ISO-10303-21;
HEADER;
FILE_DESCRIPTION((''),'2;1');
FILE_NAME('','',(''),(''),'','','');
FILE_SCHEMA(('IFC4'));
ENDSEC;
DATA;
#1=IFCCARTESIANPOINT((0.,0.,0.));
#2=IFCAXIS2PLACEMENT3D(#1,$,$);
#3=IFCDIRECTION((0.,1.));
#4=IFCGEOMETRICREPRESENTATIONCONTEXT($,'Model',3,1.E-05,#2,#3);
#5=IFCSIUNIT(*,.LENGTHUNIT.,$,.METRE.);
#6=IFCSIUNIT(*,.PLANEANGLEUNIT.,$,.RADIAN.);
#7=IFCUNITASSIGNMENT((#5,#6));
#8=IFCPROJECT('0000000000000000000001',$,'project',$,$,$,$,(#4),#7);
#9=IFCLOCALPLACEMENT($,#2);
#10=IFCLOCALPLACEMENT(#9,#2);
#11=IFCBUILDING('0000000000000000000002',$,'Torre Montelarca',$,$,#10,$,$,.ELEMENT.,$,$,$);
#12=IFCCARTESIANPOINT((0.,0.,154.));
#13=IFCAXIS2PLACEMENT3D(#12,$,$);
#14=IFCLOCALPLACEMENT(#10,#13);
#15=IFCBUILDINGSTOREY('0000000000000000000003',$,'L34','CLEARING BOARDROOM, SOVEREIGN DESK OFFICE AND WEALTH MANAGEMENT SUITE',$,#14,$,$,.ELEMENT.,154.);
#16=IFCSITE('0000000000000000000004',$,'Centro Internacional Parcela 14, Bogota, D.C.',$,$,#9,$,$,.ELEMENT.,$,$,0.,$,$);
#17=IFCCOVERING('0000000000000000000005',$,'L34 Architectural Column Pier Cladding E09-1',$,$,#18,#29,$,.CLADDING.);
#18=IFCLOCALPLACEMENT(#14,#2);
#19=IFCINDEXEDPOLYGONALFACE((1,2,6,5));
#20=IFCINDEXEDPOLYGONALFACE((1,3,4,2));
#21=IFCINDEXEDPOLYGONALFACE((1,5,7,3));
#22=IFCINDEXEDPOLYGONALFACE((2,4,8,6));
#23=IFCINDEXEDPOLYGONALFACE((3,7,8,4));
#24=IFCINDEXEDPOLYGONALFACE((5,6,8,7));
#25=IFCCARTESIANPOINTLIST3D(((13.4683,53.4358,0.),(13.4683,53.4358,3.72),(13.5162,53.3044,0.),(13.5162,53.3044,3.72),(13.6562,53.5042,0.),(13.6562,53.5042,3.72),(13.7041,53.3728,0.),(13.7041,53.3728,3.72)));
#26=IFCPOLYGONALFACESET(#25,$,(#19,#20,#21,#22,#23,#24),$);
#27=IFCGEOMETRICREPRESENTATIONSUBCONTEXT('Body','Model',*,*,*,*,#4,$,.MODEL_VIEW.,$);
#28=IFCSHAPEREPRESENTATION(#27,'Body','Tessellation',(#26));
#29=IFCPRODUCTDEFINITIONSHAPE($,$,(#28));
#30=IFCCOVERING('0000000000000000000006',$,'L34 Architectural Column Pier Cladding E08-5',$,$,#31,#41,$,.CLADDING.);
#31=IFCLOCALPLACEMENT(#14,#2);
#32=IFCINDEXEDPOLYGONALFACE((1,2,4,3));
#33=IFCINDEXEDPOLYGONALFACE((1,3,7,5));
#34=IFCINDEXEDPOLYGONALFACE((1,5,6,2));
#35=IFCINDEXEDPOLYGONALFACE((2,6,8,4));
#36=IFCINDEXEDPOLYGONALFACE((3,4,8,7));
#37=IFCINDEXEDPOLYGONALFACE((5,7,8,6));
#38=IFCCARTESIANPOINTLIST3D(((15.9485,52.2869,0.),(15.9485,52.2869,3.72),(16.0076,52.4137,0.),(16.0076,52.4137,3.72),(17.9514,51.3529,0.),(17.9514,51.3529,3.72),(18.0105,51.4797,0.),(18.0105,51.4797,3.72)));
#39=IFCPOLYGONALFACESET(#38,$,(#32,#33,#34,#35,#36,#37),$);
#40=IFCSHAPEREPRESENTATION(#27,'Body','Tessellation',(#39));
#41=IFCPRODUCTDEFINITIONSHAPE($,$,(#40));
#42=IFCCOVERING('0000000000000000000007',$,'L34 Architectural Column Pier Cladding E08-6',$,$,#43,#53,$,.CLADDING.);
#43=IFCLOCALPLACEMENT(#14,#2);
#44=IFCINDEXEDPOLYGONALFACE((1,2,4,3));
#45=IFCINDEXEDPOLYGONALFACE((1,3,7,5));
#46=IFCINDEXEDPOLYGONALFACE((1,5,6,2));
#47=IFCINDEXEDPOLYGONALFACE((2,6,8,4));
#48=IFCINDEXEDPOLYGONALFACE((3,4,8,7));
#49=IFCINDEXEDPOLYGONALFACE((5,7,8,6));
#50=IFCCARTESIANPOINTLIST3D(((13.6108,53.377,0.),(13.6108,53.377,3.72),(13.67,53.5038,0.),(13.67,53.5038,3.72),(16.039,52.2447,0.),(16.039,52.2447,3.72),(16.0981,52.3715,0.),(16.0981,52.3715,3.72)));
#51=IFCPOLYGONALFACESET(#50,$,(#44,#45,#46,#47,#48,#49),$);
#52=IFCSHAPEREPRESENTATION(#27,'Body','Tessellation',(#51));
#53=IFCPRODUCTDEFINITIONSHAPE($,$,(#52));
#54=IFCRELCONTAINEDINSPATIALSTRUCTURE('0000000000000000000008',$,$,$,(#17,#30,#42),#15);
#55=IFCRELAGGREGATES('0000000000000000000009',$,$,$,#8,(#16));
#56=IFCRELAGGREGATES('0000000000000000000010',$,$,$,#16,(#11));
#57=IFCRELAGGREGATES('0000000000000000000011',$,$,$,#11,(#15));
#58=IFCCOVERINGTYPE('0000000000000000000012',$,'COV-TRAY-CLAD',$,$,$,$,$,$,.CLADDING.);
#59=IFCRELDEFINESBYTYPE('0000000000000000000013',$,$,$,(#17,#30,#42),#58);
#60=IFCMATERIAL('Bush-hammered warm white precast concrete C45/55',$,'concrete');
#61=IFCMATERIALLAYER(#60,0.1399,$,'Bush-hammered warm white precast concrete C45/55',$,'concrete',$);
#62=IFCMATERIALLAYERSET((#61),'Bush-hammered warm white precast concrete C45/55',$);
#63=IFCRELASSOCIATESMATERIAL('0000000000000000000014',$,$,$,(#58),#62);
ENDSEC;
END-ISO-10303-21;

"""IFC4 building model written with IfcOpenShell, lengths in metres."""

from ifc_helpers import new_model, si_unit, direction, frame, origin, origin_2d, place, context, subcontext, project, spatial, rectangle, extrude, source, transform, mapped, material, layer, layer_set, type_object, element, save


model = new_model("IFC4")

# Units and contexts
model_context = context("Model", 3, precision=1e-05, world=origin(), true_north=direction((0.0, 1.0)))
body_context = subcontext(model_context, "Body", "Model", "MODEL_VIEW")
ifc_project = project(units=[si_unit("LENGTHUNIT", "METRE"), si_unit("PLANEANGLEUNIT", "RADIAN")], contexts=[model_context])

# Site, building, storey
site_placement = place(None, origin())
site = spatial("IfcSite", under=ifc_project, at=site_placement, Name="Centro Internacional Parcela 14, Bogota, D.C.", CompositionType="ELEMENT", RefElevation=0.0)
building_placement = place(site_placement, origin())
building = spatial("IfcBuilding", under=site, at=building_placement, Name="Torre Montelarca", CompositionType="ELEMENT")
storey_placement = place(building_placement, frame((0.0, 0.0, 154.0)))
storey = spatial("IfcBuildingStorey", under=building, at=storey_placement, Name="L34", Description="CLEARING BOARDROOM, SOVEREIGN DESK OFFICE AND WEALTH MANAGEMENT SUITE", CompositionType="ELEMENT", Elevation=154.0)

# Coverings
ifc_material_1 = material(Name="Bush-hammered warm white precast concrete C45/55", Category="concrete")
ifc_layer_1 = layer(ifc_material_1, 0.1399, Name="Bush-hammered warm white precast concrete C45/55", Category="concrete")
ifc_layer_set_1 = layer_set([ifc_layer_1], Name="Bush-hammered warm white precast concrete C45/55")
covering_type = type_object("IfcCoveringType", Name="COV-TRAY-CLAD", PredefinedType="CLADDING", material=ifc_layer_set_1)
shared_shape_1 = source(origin(), body_context, "Body", "SweptSolid", [
    extrude(rectangle(XDim=0.2, YDim=0.1399, at=origin_2d()), origin(), (0.0, 0.0, 1.0), 3.72),
])
covering_1_placement = place(storey_placement, frame((13.5862, 53.4043, 0.0), z_axis=(0.0, 0.0, 1.0), x_axis=(-0.939694, -0.342017, 0.0)))
element("IfcCovering", 1, at=covering_1_placement, inside=storey, type_object=covering_type, Name="L34 Architectural Column Pier Cladding E09-1", PredefinedType="CLADDING", context=body_context, shape_type="MappedRepresentation", body=[
    mapped(shared_shape_1, transform((0.0, 0.0, 0.0), scale=1.0)),
])
shared_shape_2 = source(origin(), body_context, "Body", "SweptSolid", [
    extrude(rectangle(XDim=2.21, YDim=0.1399, at=origin_2d()), origin(), (0.0, 0.0, 1.0), 3.72),
])
covering_2_placement = place(storey_placement, frame((16.9795, 51.8833, 0.0), z_axis=(0.0, 0.0, 1.0), x_axis=(-0.906308, 0.422618, 0.0)))
element("IfcCovering", 2, at=covering_2_placement, inside=storey, type_object=covering_type, Name="L34 Architectural Column Pier Cladding E08-5", PredefinedType="CLADDING", context=body_context, shape_type="MappedRepresentation", body=[
    mapped(shared_shape_2, transform((0.0, 0.0, 0.0), scale=1.0)),
])
shared_shape_3 = source(origin(), body_context, "Body", "SweptSolid", [
    extrude(rectangle(XDim=2.6792, YDim=0.1399, at=origin_2d()), origin(), (0.0, 0.0, 1.0), 3.72),
])
covering_3_placement = place(storey_placement, frame((14.8545, 52.8743, 0.0), z_axis=(0.0, 0.0, 1.0), x_axis=(-0.906308, 0.422618, 0.0)))
element("IfcCovering", 3, at=covering_3_placement, inside=storey, type_object=covering_type, Name="L34 Architectural Column Pier Cladding E08-6", PredefinedType="CLADDING", context=body_context, shape_type="MappedRepresentation", body=[
    mapped(shared_shape_3, transform((0.0, 0.0, 0.0), scale=1.0)),
])

save(model, "model.ifc")
